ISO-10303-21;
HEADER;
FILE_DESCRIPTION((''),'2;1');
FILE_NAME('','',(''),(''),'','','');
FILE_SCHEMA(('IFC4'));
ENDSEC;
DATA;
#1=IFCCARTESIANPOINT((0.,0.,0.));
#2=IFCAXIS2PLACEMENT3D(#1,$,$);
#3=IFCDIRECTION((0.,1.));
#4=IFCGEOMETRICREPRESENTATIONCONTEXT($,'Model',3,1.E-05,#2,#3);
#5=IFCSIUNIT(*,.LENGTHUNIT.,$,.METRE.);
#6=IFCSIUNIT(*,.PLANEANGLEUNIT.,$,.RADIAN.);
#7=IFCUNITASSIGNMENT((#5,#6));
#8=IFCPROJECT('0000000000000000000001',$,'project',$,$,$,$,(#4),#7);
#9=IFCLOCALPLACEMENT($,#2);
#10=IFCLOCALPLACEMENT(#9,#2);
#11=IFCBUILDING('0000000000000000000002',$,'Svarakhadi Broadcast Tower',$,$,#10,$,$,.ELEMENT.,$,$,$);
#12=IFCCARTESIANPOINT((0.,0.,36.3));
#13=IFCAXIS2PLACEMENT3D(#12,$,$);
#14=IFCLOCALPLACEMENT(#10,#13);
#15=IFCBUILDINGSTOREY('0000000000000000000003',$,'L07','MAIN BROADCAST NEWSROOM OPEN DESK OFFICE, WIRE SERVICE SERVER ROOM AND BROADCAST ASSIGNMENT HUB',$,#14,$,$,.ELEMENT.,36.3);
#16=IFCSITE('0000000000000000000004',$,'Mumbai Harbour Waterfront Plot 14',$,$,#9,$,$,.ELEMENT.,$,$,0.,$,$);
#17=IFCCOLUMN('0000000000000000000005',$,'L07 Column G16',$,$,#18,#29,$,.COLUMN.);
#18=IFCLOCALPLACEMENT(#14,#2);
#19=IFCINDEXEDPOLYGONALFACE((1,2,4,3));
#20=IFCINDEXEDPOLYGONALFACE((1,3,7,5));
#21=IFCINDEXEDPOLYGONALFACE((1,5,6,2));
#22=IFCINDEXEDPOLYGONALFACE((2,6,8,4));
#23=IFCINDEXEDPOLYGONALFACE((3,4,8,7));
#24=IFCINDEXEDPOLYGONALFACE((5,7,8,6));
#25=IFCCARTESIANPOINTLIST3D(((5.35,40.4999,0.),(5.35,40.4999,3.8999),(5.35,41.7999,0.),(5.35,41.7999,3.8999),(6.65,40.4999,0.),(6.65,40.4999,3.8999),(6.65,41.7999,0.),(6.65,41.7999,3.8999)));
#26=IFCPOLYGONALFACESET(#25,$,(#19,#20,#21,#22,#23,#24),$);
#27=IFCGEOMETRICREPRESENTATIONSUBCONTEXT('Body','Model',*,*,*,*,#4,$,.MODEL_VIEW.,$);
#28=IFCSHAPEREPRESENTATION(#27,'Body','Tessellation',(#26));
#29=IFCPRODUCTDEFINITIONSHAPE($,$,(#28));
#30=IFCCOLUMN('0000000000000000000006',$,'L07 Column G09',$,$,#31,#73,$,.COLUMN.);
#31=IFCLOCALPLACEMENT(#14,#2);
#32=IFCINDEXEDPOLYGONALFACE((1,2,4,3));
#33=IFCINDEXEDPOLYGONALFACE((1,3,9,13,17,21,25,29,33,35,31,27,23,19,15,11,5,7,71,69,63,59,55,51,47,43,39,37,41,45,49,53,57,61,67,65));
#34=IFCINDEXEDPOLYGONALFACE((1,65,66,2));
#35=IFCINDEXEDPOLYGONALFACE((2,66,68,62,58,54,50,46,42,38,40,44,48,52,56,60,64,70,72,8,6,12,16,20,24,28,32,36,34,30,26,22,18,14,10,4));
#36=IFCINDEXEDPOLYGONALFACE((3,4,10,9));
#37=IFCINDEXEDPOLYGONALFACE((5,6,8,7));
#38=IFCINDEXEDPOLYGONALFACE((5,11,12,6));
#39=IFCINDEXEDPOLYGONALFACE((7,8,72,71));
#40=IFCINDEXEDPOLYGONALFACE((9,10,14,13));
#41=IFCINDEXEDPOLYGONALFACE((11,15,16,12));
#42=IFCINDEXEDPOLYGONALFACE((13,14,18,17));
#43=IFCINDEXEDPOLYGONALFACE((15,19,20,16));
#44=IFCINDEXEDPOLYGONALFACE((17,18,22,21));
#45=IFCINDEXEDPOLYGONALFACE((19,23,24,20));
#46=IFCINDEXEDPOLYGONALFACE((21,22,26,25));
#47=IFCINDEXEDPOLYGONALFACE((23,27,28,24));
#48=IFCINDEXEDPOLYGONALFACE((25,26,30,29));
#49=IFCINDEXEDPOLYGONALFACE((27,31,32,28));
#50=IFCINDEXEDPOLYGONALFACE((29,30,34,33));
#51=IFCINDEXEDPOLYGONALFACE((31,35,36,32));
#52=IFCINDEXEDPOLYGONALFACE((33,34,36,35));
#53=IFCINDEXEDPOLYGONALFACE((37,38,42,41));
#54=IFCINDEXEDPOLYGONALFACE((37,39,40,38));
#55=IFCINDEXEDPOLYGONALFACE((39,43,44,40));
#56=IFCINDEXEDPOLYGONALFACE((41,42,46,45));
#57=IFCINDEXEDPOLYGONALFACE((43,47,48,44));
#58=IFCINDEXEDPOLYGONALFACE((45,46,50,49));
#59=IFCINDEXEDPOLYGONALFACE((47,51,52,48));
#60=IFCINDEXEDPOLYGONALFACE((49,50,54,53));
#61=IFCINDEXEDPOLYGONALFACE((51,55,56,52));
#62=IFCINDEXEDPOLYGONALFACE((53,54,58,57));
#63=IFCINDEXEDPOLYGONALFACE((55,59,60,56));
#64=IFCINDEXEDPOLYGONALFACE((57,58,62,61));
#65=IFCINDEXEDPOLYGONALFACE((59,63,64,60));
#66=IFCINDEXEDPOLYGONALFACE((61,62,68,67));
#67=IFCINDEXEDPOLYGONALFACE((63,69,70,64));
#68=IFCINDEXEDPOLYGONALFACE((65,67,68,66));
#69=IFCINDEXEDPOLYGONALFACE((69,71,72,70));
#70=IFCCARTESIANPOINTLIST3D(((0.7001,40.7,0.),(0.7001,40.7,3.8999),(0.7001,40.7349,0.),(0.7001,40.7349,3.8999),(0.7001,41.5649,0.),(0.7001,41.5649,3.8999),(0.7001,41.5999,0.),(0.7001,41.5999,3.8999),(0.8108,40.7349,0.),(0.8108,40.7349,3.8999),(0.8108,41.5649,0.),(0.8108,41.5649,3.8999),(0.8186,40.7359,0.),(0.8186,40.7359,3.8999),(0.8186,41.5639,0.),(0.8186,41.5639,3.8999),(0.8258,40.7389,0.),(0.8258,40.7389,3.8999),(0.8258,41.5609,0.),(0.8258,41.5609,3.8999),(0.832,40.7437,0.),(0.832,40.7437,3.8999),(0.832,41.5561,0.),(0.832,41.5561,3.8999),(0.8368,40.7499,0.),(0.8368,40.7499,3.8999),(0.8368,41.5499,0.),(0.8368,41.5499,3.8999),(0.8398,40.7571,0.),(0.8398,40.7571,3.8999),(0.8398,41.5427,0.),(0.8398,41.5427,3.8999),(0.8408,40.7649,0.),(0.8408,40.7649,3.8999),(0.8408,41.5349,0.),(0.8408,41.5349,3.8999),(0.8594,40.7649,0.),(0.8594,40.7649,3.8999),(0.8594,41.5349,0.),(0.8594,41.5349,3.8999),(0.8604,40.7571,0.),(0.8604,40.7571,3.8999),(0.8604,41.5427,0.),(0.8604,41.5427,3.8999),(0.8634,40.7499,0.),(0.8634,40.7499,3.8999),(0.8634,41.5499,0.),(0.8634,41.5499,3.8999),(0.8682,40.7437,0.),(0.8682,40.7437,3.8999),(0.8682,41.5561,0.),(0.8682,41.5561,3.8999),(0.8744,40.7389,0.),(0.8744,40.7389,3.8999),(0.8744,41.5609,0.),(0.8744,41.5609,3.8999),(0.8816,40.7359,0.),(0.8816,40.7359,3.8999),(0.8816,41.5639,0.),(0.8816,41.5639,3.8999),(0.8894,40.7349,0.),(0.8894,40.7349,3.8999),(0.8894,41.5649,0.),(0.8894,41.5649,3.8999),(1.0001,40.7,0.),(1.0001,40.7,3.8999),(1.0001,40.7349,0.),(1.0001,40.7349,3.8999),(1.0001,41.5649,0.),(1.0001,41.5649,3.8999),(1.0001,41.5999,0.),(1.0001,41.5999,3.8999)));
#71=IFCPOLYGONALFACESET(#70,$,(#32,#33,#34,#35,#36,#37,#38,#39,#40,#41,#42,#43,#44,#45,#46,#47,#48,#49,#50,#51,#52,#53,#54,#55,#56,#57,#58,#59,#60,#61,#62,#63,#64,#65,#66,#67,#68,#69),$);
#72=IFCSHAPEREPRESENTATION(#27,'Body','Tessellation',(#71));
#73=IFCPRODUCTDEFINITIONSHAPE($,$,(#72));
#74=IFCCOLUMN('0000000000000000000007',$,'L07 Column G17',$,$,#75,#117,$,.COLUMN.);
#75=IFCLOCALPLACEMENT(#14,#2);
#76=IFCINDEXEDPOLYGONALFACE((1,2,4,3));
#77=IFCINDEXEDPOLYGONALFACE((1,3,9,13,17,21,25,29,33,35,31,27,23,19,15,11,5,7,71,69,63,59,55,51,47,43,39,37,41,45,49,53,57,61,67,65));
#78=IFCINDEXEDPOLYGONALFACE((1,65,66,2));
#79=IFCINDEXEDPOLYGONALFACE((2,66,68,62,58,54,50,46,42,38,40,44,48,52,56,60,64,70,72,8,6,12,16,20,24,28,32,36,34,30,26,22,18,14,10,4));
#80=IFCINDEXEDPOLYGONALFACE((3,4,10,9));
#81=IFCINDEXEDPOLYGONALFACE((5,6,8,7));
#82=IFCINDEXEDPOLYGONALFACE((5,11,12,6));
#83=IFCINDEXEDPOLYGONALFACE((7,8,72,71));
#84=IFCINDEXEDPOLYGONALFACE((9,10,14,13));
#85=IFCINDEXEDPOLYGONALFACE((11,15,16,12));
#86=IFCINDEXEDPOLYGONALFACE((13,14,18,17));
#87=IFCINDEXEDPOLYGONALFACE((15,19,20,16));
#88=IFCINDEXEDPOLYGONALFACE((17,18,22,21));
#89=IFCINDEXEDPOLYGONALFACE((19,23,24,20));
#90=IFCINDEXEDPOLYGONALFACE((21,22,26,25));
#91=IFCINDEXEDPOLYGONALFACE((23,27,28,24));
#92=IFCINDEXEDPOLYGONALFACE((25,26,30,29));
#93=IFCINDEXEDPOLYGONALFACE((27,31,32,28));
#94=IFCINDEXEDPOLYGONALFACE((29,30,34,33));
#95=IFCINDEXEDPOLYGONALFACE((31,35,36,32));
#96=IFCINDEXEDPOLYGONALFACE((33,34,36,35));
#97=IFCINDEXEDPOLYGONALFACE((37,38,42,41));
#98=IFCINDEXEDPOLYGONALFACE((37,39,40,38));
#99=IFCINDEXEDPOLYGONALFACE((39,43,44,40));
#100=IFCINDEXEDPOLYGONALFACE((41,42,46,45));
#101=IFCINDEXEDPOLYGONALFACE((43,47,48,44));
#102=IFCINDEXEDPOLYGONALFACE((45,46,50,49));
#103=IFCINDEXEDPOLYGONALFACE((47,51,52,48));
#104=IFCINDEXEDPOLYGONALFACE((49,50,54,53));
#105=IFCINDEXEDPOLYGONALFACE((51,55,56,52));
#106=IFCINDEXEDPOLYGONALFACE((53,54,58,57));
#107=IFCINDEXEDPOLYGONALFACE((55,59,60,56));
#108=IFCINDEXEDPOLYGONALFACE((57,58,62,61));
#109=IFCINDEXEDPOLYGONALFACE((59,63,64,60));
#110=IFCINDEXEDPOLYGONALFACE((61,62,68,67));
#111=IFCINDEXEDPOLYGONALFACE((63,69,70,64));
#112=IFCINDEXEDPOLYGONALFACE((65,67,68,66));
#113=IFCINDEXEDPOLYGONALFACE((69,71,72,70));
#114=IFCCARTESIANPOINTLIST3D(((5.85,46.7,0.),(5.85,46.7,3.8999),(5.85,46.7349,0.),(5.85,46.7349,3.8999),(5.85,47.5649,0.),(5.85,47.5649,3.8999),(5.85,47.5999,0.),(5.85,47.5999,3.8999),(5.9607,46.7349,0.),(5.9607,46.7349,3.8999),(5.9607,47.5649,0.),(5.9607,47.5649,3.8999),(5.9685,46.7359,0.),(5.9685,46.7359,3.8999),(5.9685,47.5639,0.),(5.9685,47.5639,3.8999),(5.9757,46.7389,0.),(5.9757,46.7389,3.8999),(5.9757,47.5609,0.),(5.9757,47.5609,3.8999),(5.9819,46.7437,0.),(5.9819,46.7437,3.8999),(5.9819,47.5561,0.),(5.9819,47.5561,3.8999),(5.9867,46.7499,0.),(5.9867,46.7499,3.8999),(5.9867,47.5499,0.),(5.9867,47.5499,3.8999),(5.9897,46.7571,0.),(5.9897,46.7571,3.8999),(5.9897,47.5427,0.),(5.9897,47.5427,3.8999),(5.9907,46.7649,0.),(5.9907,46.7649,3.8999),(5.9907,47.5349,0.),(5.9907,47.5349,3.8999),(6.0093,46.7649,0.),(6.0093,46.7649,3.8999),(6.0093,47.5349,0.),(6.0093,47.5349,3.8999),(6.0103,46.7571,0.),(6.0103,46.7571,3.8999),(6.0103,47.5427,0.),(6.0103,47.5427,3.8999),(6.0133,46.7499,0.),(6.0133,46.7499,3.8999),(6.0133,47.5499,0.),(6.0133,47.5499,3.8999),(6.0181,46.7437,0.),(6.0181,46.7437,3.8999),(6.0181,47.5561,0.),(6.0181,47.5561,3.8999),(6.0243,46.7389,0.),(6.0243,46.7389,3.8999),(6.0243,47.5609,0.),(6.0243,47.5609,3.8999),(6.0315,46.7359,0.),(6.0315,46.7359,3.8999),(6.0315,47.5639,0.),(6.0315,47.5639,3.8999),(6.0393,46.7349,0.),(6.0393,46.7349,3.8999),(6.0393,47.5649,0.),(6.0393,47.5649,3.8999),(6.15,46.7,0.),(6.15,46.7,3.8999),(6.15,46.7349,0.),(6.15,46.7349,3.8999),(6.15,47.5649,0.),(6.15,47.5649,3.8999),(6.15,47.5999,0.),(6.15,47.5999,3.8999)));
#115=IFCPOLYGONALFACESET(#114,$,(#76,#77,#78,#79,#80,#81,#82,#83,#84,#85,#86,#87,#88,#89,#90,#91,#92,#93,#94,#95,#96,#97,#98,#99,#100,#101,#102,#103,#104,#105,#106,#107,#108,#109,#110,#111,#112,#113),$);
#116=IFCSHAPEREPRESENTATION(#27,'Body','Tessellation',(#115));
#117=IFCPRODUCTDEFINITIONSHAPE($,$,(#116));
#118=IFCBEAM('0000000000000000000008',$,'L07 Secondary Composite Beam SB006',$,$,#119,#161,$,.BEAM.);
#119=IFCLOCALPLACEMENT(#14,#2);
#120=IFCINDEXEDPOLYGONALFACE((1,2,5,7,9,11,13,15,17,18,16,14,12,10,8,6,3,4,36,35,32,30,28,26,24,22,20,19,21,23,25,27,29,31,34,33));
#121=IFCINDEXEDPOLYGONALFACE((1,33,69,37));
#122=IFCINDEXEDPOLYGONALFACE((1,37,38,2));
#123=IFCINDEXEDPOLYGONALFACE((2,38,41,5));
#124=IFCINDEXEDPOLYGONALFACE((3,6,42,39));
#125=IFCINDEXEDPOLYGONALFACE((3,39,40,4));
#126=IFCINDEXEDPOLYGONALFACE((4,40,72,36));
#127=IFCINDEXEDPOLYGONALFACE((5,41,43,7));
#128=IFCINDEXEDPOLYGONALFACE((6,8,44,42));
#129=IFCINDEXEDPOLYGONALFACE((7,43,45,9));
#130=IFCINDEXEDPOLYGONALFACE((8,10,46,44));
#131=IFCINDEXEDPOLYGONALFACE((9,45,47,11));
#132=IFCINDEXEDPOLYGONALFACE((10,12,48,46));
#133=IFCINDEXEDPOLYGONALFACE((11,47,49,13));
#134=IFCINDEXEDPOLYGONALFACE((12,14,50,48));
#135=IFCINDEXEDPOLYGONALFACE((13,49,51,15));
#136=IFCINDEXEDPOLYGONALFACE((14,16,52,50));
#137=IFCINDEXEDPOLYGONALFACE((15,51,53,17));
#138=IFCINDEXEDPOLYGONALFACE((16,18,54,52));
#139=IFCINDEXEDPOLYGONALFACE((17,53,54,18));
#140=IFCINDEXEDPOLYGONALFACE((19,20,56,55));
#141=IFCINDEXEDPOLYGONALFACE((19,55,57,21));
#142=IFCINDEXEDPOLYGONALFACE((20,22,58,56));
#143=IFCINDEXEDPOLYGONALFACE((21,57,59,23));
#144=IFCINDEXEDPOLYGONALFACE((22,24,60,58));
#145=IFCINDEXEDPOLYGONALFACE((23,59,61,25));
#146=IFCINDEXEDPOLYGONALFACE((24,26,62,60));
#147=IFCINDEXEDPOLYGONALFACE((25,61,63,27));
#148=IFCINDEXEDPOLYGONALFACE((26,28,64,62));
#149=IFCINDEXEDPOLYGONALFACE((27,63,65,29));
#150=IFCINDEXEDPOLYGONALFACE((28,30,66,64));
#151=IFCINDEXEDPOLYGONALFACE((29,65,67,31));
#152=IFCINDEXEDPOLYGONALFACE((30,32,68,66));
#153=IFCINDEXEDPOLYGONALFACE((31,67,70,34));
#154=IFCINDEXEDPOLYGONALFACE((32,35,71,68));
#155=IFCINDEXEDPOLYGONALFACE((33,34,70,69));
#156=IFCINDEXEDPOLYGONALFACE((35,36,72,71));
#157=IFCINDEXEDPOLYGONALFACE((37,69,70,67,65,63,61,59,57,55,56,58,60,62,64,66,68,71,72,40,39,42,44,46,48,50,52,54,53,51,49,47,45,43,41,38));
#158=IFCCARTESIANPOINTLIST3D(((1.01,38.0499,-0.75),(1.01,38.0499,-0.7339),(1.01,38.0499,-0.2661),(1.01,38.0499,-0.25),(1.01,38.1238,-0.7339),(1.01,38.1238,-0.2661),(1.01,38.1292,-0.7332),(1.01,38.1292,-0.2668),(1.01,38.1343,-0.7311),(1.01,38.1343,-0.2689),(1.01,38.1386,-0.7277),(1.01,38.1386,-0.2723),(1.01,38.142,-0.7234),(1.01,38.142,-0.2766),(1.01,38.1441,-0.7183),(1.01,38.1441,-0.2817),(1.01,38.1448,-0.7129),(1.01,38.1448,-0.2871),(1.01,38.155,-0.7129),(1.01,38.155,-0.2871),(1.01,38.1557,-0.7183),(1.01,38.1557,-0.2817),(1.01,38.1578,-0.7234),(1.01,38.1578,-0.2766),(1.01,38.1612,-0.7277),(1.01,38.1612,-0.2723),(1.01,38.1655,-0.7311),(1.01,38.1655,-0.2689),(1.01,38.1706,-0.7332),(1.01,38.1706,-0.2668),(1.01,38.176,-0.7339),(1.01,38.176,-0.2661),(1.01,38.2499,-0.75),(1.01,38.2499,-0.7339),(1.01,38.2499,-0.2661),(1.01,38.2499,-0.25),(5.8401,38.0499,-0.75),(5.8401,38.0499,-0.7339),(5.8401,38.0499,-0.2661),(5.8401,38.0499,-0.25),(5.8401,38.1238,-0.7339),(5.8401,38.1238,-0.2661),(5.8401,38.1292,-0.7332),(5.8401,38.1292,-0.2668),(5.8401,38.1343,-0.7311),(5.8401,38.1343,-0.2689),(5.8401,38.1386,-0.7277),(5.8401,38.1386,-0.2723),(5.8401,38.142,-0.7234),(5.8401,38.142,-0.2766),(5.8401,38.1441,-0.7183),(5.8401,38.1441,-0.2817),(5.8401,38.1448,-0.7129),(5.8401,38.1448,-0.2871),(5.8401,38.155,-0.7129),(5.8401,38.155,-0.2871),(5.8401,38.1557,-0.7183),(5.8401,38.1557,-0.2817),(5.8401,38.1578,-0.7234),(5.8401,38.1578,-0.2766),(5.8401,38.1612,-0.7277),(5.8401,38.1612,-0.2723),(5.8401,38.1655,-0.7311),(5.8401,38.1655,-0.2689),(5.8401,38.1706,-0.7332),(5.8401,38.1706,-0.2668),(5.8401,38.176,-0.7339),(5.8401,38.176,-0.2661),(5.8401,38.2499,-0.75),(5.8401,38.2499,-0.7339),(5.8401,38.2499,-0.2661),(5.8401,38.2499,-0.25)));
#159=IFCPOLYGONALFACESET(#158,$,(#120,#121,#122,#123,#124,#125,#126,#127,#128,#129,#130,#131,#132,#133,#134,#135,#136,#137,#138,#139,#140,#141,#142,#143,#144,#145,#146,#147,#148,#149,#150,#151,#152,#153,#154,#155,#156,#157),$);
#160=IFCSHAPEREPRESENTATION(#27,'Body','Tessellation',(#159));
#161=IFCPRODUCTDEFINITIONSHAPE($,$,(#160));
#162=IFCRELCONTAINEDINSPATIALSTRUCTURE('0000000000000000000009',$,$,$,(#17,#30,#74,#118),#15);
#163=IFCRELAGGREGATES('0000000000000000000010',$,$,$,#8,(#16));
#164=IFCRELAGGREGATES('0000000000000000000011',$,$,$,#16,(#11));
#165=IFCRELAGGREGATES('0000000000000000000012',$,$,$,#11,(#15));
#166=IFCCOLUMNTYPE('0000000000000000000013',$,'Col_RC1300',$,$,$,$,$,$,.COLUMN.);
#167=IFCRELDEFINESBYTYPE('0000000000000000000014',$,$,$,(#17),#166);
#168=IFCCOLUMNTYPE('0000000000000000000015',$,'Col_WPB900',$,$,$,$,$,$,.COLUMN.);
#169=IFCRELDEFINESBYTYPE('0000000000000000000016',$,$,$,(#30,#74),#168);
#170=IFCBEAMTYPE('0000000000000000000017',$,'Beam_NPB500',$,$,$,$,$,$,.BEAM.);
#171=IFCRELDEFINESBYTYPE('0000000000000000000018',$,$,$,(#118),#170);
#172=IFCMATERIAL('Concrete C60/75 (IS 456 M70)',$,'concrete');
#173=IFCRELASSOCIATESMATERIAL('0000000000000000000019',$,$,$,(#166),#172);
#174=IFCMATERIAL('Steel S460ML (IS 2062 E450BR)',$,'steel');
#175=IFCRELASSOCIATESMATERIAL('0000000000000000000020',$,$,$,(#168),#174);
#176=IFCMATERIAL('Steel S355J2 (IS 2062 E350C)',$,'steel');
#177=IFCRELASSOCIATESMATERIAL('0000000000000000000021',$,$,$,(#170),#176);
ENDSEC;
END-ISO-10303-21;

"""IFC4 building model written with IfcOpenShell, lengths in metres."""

from ifc_helpers import new_model, si_unit, direction, frame, origin, origin_2d, place, context, subcontext, project, spatial, rectangle, i_section, extrude, material, material_profile, profile_set, type_object, element, save


model = new_model("IFC4")

# Units and contexts
model_context = context("Model", 3, precision=1e-05, world=origin(), true_north=direction((0.0, 1.0)))
body_context = subcontext(model_context, "Body", "Model", "MODEL_VIEW")
ifc_project = project(units=[si_unit("LENGTHUNIT", "METRE"), si_unit("PLANEANGLEUNIT", "RADIAN")], contexts=[model_context])

# Site, building, storey
site_placement = place(None, origin())
site = spatial("IfcSite", under=ifc_project, at=site_placement, Name="Mumbai Harbour Waterfront Plot 14", CompositionType="ELEMENT", RefElevation=0.0)
building_placement = place(site_placement, origin())
building = spatial("IfcBuilding", under=site, at=building_placement, Name="Svarakhadi Broadcast Tower", CompositionType="ELEMENT")
storey_placement = place(building_placement, frame((0.0, 0.0, 36.3)))
storey = spatial("IfcBuildingStorey", under=building, at=storey_placement, Name="L07", Description="MAIN BROADCAST NEWSROOM OPEN DESK OFFICE, WIRE SERVICE SERVER ROOM AND BROADCAST ASSIGNMENT HUB", CompositionType="ELEMENT", Elevation=36.3)

# Columns
ifc_material_1 = material(Name="Concrete C60/75 (IS 456 M70)", Category="concrete")
ifc_material_profile_1 = material_profile(ifc_material_1, rectangle(XDim=1.3, YDim=1.3, at=origin_2d()), Name="RC 1300x1300")
ifc_profile_set_1 = profile_set([ifc_material_profile_1], Name="Concrete C60/75 (IS 456 M70)")
column_type_1 = type_object("IfcColumnType", Name="Col_RC1300", PredefinedType="COLUMN", material=ifc_profile_set_1)
column_placement = place(storey_placement, frame((6.0, 41.1499, 0.0), z_axis=(0.0, 0.0, 1.0), x_axis=(1.0, 0.0, 0.0)))
element("IfcColumn", 1, at=column_placement, inside=storey, type_object=column_type_1, Name="L07 Column G16", PredefinedType="COLUMN", context=body_context, shape_type="SweptSolid", body=[
    extrude(rectangle(XDim=1.3, YDim=1.3, at=origin_2d()), origin(), (0.0, 0.0, 1.0), 3.8999),
])
ifc_material_2 = material(Name="Steel S460ML (IS 2062 E450BR)", Category="steel")
ifc_material_profile_2 = material_profile(ifc_material_2, i_section(OverallWidth=0.3, OverallDepth=0.8999, WebThickness=0.0186, FlangeThickness=0.0349, FilletRadius=0.03, at=origin_2d()), Name="WPB 900x300x291")
ifc_profile_set_2 = profile_set([ifc_material_profile_2], Name="Steel S460ML (IS 2062 E450BR)")
column_type_2 = type_object("IfcColumnType", Name="Col_WPB900", PredefinedType="COLUMN", material=ifc_profile_set_2)
for number, where, z_axis, x_axis, name in (
    (2, (0.8501, 41.1499, 0.0), (0.0, 0.0, 1.0), (1.0, 0.0, 0.0), "L07 Column G09"),
    (3, (6.0, 47.1499, 0.0), (0.0, 0.0, 1.0), (1.0, 0.0, 0.0), "L07 Column G17"),
):
    element("IfcColumn", number, at=place(storey_placement, frame(where, z_axis=z_axis, x_axis=x_axis)), inside=storey, type_object=column_type_2, Name=name, PredefinedType="COLUMN", context=body_context, shape_type="SweptSolid", body=[
        extrude(i_section(OverallWidth=0.3, OverallDepth=0.8999, WebThickness=0.0186, FlangeThickness=0.0349, FilletRadius=0.03, at=origin_2d()), origin(), (0.0, 0.0, 1.0), 3.8999),
    ])

# Beam
ifc_material_3 = material(Name="Steel S355J2 (IS 2062 E350C)", Category="steel")
ifc_material_profile_3 = material_profile(ifc_material_3, i_section(OverallWidth=0.2, OverallDepth=0.5, WebThickness=0.0103, FlangeThickness=0.0161, FilletRadius=0.021, at=origin_2d()), Name="NPB 500x200x91")
ifc_profile_set_3 = profile_set([ifc_material_profile_3], Name="Steel S355J2 (IS 2062 E350C)")
beam_type_1 = type_object("IfcBeamType", Name="Beam_NPB500", PredefinedType="BEAM", material=ifc_profile_set_3)
beam_1_placement = place(storey_placement, frame((1.01, 38.1499, -0.5), z_axis=(1.0, 0.0, 0.0), x_axis=(0.0, 1.0, 0.0)))
element("IfcBeam", 4, at=beam_1_placement, inside=storey, type_object=beam_type_1, Name="L07 Secondary Composite Beam SB006", PredefinedType="BEAM", context=body_context, shape_type="SweptSolid", body=[
    extrude(i_section(OverallWidth=0.2, OverallDepth=0.5, WebThickness=0.0103, FlangeThickness=0.0161, FilletRadius=0.021, at=origin_2d()), origin(), (0.0, 0.0, 1.0), 4.8301),
])

save(model, "model.ifc")
